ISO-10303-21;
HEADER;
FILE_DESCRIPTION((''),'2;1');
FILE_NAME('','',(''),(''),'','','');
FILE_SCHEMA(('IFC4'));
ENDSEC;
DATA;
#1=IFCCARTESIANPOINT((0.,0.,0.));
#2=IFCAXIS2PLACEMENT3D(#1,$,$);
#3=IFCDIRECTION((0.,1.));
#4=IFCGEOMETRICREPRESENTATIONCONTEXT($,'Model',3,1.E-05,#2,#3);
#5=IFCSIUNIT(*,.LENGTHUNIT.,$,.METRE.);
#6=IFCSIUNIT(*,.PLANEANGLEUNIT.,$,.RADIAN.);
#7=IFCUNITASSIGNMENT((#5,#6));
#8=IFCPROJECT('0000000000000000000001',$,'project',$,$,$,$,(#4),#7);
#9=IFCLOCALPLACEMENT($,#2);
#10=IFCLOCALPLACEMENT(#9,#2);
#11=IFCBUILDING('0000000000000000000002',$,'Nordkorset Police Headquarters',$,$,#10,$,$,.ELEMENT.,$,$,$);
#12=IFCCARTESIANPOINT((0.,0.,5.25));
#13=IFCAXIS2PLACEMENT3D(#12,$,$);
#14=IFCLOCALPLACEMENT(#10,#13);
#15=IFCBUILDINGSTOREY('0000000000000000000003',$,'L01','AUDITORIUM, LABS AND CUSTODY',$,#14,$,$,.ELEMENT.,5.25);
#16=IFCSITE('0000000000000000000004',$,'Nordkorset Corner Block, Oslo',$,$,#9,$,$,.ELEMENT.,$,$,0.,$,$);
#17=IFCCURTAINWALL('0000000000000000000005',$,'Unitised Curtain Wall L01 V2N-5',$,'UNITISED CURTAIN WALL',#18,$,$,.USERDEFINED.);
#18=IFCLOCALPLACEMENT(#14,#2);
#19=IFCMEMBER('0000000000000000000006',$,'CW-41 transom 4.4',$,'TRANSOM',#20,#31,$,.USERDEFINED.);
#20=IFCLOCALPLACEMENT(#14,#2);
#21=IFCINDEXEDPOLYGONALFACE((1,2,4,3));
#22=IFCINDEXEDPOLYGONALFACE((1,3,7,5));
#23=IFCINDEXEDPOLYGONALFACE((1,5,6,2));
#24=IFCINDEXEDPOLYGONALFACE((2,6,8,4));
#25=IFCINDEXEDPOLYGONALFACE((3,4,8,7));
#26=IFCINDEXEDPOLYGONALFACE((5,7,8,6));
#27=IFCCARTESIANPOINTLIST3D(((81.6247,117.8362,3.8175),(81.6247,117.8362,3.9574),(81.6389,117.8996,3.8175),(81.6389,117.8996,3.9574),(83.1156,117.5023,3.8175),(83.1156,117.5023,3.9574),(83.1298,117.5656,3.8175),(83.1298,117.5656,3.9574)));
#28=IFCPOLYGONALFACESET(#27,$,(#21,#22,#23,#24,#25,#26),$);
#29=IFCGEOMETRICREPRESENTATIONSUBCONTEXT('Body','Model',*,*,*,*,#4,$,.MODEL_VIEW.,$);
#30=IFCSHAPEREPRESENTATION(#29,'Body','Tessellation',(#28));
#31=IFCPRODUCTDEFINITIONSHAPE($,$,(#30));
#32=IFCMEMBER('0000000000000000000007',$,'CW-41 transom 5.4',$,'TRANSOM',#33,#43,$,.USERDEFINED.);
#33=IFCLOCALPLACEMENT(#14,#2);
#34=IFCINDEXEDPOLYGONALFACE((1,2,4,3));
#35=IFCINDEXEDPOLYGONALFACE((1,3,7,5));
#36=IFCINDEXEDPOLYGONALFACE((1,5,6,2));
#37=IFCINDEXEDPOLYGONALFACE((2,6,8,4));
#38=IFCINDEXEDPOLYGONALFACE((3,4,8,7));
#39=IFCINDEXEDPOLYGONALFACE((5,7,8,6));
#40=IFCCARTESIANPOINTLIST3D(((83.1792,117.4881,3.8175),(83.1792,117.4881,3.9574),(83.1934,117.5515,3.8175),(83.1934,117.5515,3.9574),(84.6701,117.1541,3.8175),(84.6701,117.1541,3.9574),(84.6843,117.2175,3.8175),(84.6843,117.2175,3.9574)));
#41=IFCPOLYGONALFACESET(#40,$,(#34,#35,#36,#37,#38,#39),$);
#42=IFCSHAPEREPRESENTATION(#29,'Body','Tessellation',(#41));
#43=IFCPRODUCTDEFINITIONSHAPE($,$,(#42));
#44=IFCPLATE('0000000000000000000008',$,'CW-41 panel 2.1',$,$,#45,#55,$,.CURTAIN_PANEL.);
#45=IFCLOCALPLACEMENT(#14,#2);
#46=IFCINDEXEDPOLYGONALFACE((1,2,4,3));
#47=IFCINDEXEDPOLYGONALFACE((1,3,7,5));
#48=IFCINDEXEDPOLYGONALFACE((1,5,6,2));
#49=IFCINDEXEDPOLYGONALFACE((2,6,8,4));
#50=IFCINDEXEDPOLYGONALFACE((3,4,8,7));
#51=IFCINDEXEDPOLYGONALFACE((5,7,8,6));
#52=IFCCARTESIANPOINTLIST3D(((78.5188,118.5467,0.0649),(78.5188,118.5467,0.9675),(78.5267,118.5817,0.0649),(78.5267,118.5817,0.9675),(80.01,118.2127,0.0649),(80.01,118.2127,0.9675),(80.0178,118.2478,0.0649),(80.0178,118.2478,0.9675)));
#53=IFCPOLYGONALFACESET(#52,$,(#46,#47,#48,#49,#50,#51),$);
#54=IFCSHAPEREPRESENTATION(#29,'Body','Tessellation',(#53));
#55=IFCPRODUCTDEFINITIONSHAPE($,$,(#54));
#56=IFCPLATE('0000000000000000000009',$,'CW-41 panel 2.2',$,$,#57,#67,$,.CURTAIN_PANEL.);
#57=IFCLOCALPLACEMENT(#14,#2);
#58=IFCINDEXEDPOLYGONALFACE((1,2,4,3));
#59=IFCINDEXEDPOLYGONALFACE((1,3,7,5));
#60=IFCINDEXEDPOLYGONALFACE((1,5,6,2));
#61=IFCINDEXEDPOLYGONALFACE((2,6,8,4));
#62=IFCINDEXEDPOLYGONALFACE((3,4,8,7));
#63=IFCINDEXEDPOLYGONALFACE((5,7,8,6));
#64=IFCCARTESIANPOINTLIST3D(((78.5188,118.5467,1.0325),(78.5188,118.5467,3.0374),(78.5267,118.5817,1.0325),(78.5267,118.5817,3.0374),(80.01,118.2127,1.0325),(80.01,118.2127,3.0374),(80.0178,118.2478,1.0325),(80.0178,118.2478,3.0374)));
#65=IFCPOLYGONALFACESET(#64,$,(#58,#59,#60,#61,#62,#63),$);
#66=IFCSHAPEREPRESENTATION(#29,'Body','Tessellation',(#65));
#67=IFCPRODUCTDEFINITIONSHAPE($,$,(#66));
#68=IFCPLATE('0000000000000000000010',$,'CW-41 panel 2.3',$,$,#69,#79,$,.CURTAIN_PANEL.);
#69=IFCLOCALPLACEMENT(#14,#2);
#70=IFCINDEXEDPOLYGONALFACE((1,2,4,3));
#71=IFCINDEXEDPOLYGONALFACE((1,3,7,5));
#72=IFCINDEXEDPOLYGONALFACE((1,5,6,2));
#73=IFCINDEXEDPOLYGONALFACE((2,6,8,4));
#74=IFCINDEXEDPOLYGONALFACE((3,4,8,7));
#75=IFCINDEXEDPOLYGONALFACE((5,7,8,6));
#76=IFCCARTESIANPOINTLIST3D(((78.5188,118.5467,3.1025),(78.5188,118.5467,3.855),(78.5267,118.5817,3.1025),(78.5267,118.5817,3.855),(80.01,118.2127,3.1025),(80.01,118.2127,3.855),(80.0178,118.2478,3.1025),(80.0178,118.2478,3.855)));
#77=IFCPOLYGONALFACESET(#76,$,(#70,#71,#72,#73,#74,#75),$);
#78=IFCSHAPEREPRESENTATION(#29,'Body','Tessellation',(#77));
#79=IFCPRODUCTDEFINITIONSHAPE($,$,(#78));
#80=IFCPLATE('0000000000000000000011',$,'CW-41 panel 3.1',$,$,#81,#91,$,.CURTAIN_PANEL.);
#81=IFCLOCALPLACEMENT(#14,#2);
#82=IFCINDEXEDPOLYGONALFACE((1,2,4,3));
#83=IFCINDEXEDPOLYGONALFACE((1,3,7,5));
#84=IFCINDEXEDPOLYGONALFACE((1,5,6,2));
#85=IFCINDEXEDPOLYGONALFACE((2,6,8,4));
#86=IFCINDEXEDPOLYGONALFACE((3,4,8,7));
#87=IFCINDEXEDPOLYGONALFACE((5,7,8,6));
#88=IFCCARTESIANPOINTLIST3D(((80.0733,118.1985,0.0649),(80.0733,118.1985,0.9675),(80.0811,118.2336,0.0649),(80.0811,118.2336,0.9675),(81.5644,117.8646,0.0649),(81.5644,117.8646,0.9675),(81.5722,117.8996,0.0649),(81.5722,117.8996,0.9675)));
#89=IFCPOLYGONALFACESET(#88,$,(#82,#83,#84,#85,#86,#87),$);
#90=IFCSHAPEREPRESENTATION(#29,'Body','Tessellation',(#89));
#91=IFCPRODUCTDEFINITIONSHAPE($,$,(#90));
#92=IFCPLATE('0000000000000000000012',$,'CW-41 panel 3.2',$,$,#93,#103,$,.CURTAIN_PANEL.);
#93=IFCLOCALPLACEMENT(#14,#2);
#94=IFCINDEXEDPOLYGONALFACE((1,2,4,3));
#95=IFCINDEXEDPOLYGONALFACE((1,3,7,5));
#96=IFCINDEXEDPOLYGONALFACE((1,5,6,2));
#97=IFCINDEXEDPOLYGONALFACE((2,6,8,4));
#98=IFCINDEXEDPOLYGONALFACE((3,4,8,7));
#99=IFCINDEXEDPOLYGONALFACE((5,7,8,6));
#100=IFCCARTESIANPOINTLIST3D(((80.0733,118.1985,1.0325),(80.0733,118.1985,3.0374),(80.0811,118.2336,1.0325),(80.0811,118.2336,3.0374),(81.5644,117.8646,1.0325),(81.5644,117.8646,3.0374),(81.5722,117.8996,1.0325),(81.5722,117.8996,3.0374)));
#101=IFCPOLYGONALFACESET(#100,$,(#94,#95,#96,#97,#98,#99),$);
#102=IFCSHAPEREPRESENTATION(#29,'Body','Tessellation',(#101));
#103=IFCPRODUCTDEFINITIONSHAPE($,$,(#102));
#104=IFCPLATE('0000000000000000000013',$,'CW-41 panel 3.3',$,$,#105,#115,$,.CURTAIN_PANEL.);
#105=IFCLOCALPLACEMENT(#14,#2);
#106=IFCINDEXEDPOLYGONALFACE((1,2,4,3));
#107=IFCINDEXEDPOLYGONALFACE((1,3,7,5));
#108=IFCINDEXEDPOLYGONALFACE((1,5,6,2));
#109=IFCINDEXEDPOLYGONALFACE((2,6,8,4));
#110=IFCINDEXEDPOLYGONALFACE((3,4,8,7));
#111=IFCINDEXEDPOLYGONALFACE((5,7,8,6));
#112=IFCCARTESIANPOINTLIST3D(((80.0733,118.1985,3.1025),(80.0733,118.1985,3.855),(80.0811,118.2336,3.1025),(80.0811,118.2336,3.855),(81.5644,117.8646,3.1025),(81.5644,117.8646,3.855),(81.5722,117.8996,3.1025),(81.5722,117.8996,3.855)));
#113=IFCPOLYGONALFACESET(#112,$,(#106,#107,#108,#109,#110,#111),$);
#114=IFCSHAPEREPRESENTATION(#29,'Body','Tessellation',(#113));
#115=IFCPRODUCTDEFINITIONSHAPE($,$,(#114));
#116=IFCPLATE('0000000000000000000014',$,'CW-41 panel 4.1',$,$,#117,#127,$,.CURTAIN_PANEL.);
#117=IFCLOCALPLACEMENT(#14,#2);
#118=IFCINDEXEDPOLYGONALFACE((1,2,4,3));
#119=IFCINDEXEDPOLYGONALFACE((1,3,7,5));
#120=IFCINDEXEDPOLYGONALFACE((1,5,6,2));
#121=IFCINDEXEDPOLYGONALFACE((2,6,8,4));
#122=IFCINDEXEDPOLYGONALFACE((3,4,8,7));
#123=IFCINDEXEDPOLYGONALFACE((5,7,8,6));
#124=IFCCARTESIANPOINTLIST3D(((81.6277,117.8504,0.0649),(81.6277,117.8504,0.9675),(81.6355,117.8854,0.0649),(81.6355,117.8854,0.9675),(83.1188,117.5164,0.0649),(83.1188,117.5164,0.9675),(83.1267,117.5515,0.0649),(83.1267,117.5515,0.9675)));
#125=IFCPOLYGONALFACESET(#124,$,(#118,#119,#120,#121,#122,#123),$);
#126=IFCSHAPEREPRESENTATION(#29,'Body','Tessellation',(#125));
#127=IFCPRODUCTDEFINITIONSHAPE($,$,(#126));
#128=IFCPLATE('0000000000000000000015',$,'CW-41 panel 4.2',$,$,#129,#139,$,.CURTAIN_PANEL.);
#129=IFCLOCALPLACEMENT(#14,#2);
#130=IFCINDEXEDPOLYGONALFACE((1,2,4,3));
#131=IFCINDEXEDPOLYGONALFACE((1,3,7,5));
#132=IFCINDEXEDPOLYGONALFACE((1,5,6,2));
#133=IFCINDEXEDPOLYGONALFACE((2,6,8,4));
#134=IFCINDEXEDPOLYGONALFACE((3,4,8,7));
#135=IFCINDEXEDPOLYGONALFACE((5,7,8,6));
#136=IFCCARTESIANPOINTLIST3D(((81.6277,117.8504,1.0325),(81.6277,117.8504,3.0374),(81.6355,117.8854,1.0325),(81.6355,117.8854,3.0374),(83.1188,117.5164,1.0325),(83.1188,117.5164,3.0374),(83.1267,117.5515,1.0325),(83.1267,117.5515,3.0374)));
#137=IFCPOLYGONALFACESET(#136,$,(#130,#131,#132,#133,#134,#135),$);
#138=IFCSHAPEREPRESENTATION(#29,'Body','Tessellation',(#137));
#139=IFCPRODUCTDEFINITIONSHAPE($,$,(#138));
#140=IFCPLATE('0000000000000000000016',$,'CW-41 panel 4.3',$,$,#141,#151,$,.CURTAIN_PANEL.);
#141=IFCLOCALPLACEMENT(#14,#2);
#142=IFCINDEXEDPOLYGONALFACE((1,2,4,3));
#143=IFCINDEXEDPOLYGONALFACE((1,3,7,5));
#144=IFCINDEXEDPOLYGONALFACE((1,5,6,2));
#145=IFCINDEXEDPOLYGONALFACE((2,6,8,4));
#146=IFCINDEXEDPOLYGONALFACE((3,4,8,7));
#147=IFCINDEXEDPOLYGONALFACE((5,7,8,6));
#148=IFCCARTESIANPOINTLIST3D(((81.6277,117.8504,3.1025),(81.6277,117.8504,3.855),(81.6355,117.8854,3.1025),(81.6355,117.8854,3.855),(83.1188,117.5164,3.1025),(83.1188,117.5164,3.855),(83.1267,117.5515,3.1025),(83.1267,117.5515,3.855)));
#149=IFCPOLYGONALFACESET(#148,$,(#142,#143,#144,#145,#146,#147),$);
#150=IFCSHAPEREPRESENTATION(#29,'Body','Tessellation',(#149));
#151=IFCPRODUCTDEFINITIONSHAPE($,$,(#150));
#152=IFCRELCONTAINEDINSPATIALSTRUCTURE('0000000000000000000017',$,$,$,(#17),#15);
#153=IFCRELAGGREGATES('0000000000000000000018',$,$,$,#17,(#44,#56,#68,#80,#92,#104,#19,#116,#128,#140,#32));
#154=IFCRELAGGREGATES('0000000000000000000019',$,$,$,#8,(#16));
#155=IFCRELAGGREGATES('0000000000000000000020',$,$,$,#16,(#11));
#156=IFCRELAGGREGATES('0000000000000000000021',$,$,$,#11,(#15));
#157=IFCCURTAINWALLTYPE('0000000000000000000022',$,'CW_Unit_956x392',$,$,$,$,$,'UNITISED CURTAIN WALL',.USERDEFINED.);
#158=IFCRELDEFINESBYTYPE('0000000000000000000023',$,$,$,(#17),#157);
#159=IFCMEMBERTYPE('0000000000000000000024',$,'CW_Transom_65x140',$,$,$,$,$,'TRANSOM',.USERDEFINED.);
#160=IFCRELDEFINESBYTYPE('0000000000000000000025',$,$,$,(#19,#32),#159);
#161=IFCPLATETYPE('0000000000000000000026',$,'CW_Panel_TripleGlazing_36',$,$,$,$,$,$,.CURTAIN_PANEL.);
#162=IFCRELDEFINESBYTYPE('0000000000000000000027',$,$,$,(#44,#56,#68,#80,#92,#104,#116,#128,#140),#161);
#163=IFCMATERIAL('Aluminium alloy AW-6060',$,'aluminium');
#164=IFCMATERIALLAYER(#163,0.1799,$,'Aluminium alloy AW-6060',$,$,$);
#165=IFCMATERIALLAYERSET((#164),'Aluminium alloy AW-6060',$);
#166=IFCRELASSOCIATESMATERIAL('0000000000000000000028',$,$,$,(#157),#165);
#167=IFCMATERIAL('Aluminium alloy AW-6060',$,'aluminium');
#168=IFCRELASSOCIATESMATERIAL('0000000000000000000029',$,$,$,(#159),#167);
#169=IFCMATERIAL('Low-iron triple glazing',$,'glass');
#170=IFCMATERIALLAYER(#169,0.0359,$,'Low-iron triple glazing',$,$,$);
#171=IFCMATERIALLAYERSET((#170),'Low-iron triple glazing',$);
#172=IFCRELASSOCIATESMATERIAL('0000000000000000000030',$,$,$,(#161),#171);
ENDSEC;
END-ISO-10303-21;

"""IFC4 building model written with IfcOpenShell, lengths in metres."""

from ifc_helpers import new_model, si_unit, direction, frame, origin, origin_2d, place, context, subcontext, project, spatial, rectangle, extrude, material, layer, layer_set, material_profile, profile_set, type_object, element, aggregate, save


model = new_model("IFC4")

# Units and contexts
model_context = context("Model", 3, precision=1e-05, world=origin(), true_north=direction((0.0, 1.0)))
body_context = subcontext(model_context, "Body", "Model", "MODEL_VIEW")
ifc_project = project(units=[si_unit("LENGTHUNIT", "METRE"), si_unit("PLANEANGLEUNIT", "RADIAN")], contexts=[model_context])

# Site, building, storey
site_placement = place(None, origin())
site = spatial("IfcSite", under=ifc_project, at=site_placement, Name="Nordkorset Corner Block, Oslo", CompositionType="ELEMENT", RefElevation=0.0)
building_placement = place(site_placement, origin())
building = spatial("IfcBuilding", under=site, at=building_placement, Name="Nordkorset Police Headquarters", CompositionType="ELEMENT")
storey_placement = place(building_placement, frame((0.0, 0.0, 5.25)))
storey = spatial("IfcBuildingStorey", under=building, at=storey_placement, Name="L01", Description="AUDITORIUM, LABS AND CUSTODY", CompositionType="ELEMENT", Elevation=5.25)

# Curtain wall, members, plates
ifc_material_1 = material(Name="Aluminium alloy AW-6060", Category="aluminium")
ifc_layer_1 = layer(ifc_material_1, 0.1799, Name="Aluminium alloy AW-6060")
ifc_layer_set_1 = layer_set([ifc_layer_1], Name="Aluminium alloy AW-6060")
curtain_wall_type = type_object("IfcCurtainWallType", Name="CW_Unit_956x392", ElementType="UNITISED CURTAIN WALL", PredefinedType="USERDEFINED", material=ifc_layer_set_1)
curtain_wall_placement = place(storey_placement, origin())
curtain_wall = element("IfcCurtainWall", 1, at=curtain_wall_placement, inside=storey, type_object=curtain_wall_type, Name="Unitised Curtain Wall L01 V2N-5", ObjectType="UNITISED CURTAIN WALL", PredefinedType="USERDEFINED")
ifc_material_2 = material(Name="Aluminium alloy AW-6060", Category="aluminium")
ifc_material_profile_1 = material_profile(ifc_material_2, rectangle(XDim=0.0649, YDim=0.1399, at=origin_2d()), Name="ALU TRAN 65x140")
ifc_profile_set_1 = profile_set([ifc_material_profile_1], Name="Aluminium alloy AW-6060")
member_type_1 = type_object("IfcMemberType", Name="CW_Transom_65x140", ElementType="TRANSOM", PredefinedType="USERDEFINED", material=ifc_profile_set_1)
member_1_placement = place(storey_placement, frame((81.6318, 117.8679, 3.8875), z_axis=(0.975817, -0.218588, 0.0), x_axis=(0.218588, 0.975817, 0.0)))
member_1 = element("IfcMember", 2, at=member_1_placement, type_object=member_type_1, Name="CW-41 transom 4.4", ObjectType="TRANSOM", PredefinedType="USERDEFINED", context=body_context, shape_type="SweptSolid", body=[
    extrude(rectangle(XDim=0.0649, YDim=0.1399, at=origin_2d()), origin(), (0.0, 0.0, 1.0), 1.5278),
])
member_2_placement = place(storey_placement, frame((83.1863, 117.5198, 3.8875), z_axis=(0.975817, -0.218588, 0.0), x_axis=(0.218588, 0.975817, 0.0)))
member_2 = element("IfcMember", 3, at=member_2_placement, type_object=member_type_1, Name="CW-41 transom 5.4", ObjectType="TRANSOM", PredefinedType="USERDEFINED", context=body_context, shape_type="SweptSolid", body=[
    extrude(rectangle(XDim=0.0649, YDim=0.1399, at=origin_2d()), origin(), (0.0, 0.0, 1.0), 1.5278),
])
ifc_material_3 = material(Name="Low-iron triple glazing", Category="glass")
ifc_layer_2 = layer(ifc_material_3, 0.0359, Name="Low-iron triple glazing")
ifc_layer_set_2 = layer_set([ifc_layer_2], Name="Low-iron triple glazing")
plate_type = type_object("IfcPlateType", Name="CW_Panel_TripleGlazing_36", PredefinedType="CURTAIN_PANEL", material=ifc_layer_set_2)
plate_1_placement = place(storey_placement, frame((79.2683, 118.3972, 0.0649), z_axis=(0.0, 0.0, 1.0), x_axis=(0.975827, -0.218544, 0.0)))
plate_1 = element("IfcPlate", 4, at=plate_1_placement, type_object=plate_type, Name="CW-41 panel 2.1", PredefinedType="CURTAIN_PANEL", context=body_context, shape_type="SweptSolid", body=[
    extrude(rectangle(XDim=1.5281, YDim=0.0359, at=origin_2d()), origin(), (0.0, 0.0, 1.0), 0.9026),
])
plate_2_placement = place(storey_placement, frame((79.2683, 118.3972, 1.0325), z_axis=(0.0, 0.0, 1.0), x_axis=(0.975827, -0.218544, 0.0)))
plate_2 = element("IfcPlate", 5, at=plate_2_placement, type_object=plate_type, Name="CW-41 panel 2.2", PredefinedType="CURTAIN_PANEL", context=body_context, shape_type="SweptSolid", body=[
    extrude(rectangle(XDim=1.5281, YDim=0.0359, at=origin_2d()), origin(), (0.0, 0.0, 1.0), 2.0049),
])
plate_3_placement = place(storey_placement, frame((79.2683, 118.3972, 3.1025), z_axis=(0.0, 0.0, 1.0), x_axis=(0.975827, -0.218544, 0.0)))
plate_3 = element("IfcPlate", 6, at=plate_3_placement, type_object=plate_type, Name="CW-41 panel 2.3", PredefinedType="CURTAIN_PANEL", context=body_context, shape_type="SweptSolid", body=[
    extrude(rectangle(XDim=1.5281, YDim=0.0359, at=origin_2d()), origin(), (0.0, 0.0, 1.0), 0.7524),
])
plate_4_placement = place(storey_placement, frame((80.8228, 118.0491, 0.0649), z_axis=(0.0, 0.0, 1.0), x_axis=(0.975827, -0.218544, 0.0)))
plate_4 = element("IfcPlate", 7, at=plate_4_placement, type_object=plate_type, Name="CW-41 panel 3.1", PredefinedType="CURTAIN_PANEL", context=body_context, shape_type="SweptSolid", body=[
    extrude(rectangle(XDim=1.5281, YDim=0.0359, at=origin_2d()), origin(), (0.0, 0.0, 1.0), 0.9026),
])
plate_5_placement = place(storey_placement, frame((80.8228, 118.0491, 1.0325), z_axis=(0.0, 0.0, 1.0), x_axis=(0.975827, -0.218544, 0.0)))
plate_5 = element("IfcPlate", 8, at=plate_5_placement, type_object=plate_type, Name="CW-41 panel 3.2", PredefinedType="CURTAIN_PANEL", context=body_context, shape_type="SweptSolid", body=[
    extrude(rectangle(XDim=1.5281, YDim=0.0359, at=origin_2d()), origin(), (0.0, 0.0, 1.0), 2.0049),
])
plate_6_placement = place(storey_placement, frame((80.8228, 118.0491, 3.1025), z_axis=(0.0, 0.0, 1.0), x_axis=(0.975827, -0.218544, 0.0)))
plate_6 = element("IfcPlate", 9, at=plate_6_placement, type_object=plate_type, Name="CW-41 panel 3.3", PredefinedType="CURTAIN_PANEL", context=body_context, shape_type="SweptSolid", body=[
    extrude(rectangle(XDim=1.5281, YDim=0.0359, at=origin_2d()), origin(), (0.0, 0.0, 1.0), 0.7524),
])
plate_7_placement = place(storey_placement, frame((82.3772, 117.7009, 0.0649), z_axis=(0.0, 0.0, 1.0), x_axis=(0.975827, -0.218544, 0.0)))
plate_7 = element("IfcPlate", 10, at=plate_7_placement, type_object=plate_type, Name="CW-41 panel 4.1", PredefinedType="CURTAIN_PANEL", context=body_context, shape_type="SweptSolid", body=[
    extrude(rectangle(XDim=1.5281, YDim=0.0359, at=origin_2d()), origin(), (0.0, 0.0, 1.0), 0.9026),
])
plate_8_placement = place(storey_placement, frame((82.3772, 117.7009, 1.0325), z_axis=(0.0, 0.0, 1.0), x_axis=(0.975827, -0.218544, 0.0)))
plate_8 = element("IfcPlate", 11, at=plate_8_placement, type_object=plate_type, Name="CW-41 panel 4.2", PredefinedType="CURTAIN_PANEL", context=body_context, shape_type="SweptSolid", body=[
    extrude(rectangle(XDim=1.5281, YDim=0.0359, at=origin_2d()), origin(), (0.0, 0.0, 1.0), 2.0049),
])
plate_9_placement = place(storey_placement, frame((82.3772, 117.7009, 3.1025), z_axis=(0.0, 0.0, 1.0), x_axis=(0.975827, -0.218544, 0.0)))
plate_9 = element("IfcPlate", 12, at=plate_9_placement, type_object=plate_type, Name="CW-41 panel 4.3", PredefinedType="CURTAIN_PANEL", context=body_context, shape_type="SweptSolid", body=[
    extrude(rectangle(XDim=1.5281, YDim=0.0359, at=origin_2d()), origin(), (0.0, 0.0, 1.0), 0.7524),
])
aggregate(curtain_wall, [plate_1, plate_2, plate_3, plate_4, plate_5, plate_6, member_1, plate_7, plate_8, plate_9, member_2])

save(model, "model.ifc")
